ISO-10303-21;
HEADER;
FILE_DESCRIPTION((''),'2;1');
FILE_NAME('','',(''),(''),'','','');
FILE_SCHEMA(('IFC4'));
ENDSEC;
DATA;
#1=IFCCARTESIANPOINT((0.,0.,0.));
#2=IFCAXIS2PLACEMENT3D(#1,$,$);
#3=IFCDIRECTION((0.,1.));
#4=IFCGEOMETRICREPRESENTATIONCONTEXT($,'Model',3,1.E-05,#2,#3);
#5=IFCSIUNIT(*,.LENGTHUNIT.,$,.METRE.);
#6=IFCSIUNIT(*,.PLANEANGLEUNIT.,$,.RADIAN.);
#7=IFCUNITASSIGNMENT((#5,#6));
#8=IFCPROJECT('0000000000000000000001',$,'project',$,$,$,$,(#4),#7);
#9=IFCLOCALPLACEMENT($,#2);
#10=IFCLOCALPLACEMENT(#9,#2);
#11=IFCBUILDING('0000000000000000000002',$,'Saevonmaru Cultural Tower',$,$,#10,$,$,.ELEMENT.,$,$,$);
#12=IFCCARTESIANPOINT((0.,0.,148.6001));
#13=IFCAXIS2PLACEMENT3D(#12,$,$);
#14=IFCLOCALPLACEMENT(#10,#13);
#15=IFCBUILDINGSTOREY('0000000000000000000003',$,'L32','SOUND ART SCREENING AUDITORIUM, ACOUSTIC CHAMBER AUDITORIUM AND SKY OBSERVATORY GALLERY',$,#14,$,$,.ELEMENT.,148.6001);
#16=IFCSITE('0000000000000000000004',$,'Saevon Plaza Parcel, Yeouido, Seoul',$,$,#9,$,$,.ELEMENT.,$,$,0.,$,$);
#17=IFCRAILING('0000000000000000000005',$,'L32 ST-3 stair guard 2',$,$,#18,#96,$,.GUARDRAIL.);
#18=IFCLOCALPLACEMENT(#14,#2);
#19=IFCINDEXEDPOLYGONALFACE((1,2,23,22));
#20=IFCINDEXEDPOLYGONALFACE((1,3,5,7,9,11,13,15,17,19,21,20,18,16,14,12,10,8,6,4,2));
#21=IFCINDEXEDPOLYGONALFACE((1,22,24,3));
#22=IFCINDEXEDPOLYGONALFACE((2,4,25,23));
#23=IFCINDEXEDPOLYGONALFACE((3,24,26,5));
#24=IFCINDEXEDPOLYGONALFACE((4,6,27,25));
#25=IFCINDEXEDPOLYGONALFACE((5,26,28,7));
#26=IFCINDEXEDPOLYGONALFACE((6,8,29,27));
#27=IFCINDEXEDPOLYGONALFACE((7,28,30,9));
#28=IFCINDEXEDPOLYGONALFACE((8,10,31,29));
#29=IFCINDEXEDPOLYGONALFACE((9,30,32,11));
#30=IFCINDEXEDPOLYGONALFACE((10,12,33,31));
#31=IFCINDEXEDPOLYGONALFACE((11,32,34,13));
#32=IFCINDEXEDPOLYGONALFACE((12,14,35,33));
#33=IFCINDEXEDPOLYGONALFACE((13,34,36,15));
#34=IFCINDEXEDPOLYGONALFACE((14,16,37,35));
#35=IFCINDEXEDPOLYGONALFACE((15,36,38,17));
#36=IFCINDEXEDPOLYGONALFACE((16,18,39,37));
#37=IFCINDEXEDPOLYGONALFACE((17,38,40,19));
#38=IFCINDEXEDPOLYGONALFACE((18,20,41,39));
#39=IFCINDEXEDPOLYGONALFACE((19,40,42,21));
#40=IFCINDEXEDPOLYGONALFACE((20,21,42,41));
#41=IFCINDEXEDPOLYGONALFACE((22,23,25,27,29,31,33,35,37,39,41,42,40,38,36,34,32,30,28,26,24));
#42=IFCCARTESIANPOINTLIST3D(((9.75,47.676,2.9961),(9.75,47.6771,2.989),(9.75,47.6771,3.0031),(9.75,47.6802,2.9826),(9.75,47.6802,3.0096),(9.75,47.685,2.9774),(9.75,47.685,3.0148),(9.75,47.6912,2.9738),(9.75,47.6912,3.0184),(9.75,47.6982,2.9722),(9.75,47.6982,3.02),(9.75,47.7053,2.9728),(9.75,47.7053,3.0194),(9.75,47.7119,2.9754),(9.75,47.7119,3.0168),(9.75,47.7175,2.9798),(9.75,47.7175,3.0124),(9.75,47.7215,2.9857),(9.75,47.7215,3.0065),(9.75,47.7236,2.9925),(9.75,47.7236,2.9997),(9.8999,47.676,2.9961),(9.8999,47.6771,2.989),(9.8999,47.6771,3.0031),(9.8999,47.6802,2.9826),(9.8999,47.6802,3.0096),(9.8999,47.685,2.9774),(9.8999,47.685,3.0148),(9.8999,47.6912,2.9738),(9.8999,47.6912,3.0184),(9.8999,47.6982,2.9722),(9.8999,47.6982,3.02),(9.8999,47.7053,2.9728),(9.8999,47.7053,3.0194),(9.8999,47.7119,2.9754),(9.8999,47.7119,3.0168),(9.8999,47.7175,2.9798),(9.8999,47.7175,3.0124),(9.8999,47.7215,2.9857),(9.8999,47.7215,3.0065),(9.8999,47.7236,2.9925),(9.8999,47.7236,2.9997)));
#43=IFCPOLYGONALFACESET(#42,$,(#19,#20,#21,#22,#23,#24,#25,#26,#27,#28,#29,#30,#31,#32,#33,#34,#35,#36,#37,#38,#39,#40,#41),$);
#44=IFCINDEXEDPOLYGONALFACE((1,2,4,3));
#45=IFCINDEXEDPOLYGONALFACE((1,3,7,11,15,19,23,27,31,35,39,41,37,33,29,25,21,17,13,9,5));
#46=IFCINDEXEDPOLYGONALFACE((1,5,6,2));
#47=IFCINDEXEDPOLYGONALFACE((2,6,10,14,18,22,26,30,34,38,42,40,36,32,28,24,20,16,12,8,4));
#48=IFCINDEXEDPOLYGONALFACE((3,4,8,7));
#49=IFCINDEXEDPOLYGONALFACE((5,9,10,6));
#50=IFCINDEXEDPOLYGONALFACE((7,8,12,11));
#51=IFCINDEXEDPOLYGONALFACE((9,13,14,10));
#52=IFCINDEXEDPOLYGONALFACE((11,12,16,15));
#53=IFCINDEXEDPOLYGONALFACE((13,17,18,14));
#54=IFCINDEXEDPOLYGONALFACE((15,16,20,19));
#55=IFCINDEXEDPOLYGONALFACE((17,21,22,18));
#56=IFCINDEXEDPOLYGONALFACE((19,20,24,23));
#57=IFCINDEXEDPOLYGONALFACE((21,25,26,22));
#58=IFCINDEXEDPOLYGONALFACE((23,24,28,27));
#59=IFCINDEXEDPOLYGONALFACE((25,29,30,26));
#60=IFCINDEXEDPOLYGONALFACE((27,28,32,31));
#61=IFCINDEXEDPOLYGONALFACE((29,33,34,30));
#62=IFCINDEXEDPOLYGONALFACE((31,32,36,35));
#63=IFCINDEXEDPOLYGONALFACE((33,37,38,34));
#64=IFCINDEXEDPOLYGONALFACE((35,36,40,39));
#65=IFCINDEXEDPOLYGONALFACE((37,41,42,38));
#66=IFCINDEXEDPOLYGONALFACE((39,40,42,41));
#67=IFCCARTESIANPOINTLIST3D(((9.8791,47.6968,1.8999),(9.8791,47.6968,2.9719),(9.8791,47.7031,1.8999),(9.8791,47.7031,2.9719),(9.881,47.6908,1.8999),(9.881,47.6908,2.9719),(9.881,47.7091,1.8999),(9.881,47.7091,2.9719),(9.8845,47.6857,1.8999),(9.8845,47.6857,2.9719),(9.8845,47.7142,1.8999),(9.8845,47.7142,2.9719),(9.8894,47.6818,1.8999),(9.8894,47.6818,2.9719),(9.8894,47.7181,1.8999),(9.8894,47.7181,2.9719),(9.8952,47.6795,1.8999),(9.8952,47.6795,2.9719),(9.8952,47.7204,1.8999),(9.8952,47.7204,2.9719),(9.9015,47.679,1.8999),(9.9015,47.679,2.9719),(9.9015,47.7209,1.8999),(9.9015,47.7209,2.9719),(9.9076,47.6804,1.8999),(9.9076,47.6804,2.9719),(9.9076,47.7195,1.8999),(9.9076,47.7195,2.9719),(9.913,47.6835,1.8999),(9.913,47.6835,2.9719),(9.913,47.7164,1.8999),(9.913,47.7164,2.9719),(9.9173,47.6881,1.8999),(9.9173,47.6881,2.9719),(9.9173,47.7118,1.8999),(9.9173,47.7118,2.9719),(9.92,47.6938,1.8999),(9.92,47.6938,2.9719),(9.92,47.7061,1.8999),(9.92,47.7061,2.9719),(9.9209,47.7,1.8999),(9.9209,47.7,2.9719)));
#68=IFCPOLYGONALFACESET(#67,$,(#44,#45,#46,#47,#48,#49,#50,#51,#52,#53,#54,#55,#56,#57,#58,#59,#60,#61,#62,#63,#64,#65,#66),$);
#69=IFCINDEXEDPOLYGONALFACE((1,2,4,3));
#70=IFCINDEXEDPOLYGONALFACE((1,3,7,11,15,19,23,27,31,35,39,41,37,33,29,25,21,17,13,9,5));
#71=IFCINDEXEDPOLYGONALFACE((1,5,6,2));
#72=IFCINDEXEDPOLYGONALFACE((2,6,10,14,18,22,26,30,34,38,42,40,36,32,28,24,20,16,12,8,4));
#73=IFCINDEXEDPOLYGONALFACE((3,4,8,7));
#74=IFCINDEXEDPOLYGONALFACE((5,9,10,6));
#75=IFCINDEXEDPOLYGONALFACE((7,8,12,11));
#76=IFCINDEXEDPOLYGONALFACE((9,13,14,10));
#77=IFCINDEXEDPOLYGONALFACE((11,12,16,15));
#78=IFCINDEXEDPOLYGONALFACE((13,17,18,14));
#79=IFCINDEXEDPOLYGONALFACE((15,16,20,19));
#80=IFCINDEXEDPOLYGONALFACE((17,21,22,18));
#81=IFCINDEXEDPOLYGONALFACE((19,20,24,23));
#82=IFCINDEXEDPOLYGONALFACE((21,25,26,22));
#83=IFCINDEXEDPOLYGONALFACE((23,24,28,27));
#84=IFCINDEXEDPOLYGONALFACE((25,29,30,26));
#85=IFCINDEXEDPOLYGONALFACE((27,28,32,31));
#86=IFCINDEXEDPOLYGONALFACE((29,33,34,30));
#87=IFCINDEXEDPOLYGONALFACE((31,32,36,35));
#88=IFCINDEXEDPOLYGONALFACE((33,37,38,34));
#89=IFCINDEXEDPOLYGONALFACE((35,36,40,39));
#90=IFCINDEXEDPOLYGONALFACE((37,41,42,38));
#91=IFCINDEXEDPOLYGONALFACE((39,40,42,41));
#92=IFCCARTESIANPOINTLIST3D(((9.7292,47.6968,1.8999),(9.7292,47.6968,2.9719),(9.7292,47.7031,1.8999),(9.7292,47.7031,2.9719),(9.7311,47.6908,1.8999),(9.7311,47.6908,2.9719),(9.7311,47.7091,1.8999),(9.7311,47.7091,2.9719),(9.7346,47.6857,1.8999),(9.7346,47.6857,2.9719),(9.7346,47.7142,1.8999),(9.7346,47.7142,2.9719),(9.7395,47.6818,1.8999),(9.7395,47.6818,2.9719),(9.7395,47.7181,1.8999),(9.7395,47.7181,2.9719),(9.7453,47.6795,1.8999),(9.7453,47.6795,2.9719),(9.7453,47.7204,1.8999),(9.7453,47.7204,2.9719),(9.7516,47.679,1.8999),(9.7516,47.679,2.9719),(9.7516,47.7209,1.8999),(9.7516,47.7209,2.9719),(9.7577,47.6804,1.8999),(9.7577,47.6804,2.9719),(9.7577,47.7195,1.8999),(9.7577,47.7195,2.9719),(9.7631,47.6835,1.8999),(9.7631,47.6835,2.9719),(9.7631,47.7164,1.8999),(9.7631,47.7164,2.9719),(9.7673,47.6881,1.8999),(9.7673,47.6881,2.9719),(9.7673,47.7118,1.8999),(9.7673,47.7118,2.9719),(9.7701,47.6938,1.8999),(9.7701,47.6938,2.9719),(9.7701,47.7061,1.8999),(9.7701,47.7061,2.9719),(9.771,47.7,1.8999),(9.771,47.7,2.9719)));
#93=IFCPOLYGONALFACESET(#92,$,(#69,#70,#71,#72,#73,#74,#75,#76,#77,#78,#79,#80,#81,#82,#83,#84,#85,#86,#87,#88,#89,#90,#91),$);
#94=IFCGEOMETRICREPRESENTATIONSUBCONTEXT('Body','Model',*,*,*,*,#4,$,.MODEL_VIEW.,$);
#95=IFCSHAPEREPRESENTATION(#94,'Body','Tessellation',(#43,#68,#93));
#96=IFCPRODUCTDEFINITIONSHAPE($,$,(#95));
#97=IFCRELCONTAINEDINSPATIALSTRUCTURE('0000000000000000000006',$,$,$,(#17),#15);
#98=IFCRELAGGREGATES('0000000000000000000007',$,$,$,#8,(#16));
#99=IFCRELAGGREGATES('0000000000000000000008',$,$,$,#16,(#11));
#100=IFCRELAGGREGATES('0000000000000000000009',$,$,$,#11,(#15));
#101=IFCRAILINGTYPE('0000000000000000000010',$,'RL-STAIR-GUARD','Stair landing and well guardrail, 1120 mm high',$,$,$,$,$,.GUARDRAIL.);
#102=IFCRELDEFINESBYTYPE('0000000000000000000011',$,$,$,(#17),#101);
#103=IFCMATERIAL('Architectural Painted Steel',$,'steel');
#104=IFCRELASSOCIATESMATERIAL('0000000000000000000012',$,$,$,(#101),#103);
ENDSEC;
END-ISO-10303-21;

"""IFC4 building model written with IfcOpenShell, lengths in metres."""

from ifc_helpers import new_model, si_unit, direction, frame, origin, origin_2d, place, context, subcontext, project, spatial, circle, extrude, material, type_object, element, save


model = new_model("IFC4")

# Units and contexts
model_context = context("Model", 3, precision=1e-05, world=origin(), true_north=direction((0.0, 1.0)))
body_context = subcontext(model_context, "Body", "Model", "MODEL_VIEW")
ifc_project = project(units=[si_unit("LENGTHUNIT", "METRE"), si_unit("PLANEANGLEUNIT", "RADIAN")], contexts=[model_context])

# Site, building, storey
site_placement = place(None, origin())
site = spatial("IfcSite", under=ifc_project, at=site_placement, Name="Saevon Plaza Parcel, Yeouido, Seoul", CompositionType="ELEMENT", RefElevation=0.0)
building_placement = place(site_placement, origin())
building = spatial("IfcBuilding", under=site, at=building_placement, Name="Saevonmaru Cultural Tower", CompositionType="ELEMENT")
storey_placement = place(building_placement, frame((0.0, 0.0, 148.6001)))
storey = spatial("IfcBuildingStorey", under=building, at=storey_placement, Name="L32", Description="SOUND ART SCREENING AUDITORIUM, ACOUSTIC CHAMBER AUDITORIUM AND SKY OBSERVATORY GALLERY", CompositionType="ELEMENT", Elevation=148.6001)

# Railing
ifc_material_1 = material(Name="Architectural Painted Steel", Category="steel")
railing_type_1 = type_object("IfcRailingType", Name="RL-STAIR-GUARD", Description="Stair landing and well guardrail, 1120 mm high", PredefinedType="GUARDRAIL", material=ifc_material_1)
railing_1_placement = place(storey_placement, frame((9.8999, 47.7, 1.8999)))
element("IfcRailing", 1, at=railing_1_placement, inside=storey, type_object=railing_type_1, Name="L32 ST-3 stair guard 2", PredefinedType="GUARDRAIL", context=body_context, shape_type="SweptSolid", body=[
    extrude(circle(Radius=0.0239, at=origin_2d()), frame((0.0, 0.0, 1.0962), z_axis=(-1.0, 0.0, 0.0), x_axis=(0.0, -1.0, 0.0)), (0.0, 0.0, 1.0), 0.1499),
    extrude(circle(Radius=0.021, at=origin_2d()), origin(), (0.0, 0.0, 1.0), 1.072),
    extrude(circle(Radius=0.021, at=origin_2d()), frame((-0.1499, 0.0, 0.0)), (0.0, 0.0, 1.0), 1.072),
])

save(model, "model.ifc")
